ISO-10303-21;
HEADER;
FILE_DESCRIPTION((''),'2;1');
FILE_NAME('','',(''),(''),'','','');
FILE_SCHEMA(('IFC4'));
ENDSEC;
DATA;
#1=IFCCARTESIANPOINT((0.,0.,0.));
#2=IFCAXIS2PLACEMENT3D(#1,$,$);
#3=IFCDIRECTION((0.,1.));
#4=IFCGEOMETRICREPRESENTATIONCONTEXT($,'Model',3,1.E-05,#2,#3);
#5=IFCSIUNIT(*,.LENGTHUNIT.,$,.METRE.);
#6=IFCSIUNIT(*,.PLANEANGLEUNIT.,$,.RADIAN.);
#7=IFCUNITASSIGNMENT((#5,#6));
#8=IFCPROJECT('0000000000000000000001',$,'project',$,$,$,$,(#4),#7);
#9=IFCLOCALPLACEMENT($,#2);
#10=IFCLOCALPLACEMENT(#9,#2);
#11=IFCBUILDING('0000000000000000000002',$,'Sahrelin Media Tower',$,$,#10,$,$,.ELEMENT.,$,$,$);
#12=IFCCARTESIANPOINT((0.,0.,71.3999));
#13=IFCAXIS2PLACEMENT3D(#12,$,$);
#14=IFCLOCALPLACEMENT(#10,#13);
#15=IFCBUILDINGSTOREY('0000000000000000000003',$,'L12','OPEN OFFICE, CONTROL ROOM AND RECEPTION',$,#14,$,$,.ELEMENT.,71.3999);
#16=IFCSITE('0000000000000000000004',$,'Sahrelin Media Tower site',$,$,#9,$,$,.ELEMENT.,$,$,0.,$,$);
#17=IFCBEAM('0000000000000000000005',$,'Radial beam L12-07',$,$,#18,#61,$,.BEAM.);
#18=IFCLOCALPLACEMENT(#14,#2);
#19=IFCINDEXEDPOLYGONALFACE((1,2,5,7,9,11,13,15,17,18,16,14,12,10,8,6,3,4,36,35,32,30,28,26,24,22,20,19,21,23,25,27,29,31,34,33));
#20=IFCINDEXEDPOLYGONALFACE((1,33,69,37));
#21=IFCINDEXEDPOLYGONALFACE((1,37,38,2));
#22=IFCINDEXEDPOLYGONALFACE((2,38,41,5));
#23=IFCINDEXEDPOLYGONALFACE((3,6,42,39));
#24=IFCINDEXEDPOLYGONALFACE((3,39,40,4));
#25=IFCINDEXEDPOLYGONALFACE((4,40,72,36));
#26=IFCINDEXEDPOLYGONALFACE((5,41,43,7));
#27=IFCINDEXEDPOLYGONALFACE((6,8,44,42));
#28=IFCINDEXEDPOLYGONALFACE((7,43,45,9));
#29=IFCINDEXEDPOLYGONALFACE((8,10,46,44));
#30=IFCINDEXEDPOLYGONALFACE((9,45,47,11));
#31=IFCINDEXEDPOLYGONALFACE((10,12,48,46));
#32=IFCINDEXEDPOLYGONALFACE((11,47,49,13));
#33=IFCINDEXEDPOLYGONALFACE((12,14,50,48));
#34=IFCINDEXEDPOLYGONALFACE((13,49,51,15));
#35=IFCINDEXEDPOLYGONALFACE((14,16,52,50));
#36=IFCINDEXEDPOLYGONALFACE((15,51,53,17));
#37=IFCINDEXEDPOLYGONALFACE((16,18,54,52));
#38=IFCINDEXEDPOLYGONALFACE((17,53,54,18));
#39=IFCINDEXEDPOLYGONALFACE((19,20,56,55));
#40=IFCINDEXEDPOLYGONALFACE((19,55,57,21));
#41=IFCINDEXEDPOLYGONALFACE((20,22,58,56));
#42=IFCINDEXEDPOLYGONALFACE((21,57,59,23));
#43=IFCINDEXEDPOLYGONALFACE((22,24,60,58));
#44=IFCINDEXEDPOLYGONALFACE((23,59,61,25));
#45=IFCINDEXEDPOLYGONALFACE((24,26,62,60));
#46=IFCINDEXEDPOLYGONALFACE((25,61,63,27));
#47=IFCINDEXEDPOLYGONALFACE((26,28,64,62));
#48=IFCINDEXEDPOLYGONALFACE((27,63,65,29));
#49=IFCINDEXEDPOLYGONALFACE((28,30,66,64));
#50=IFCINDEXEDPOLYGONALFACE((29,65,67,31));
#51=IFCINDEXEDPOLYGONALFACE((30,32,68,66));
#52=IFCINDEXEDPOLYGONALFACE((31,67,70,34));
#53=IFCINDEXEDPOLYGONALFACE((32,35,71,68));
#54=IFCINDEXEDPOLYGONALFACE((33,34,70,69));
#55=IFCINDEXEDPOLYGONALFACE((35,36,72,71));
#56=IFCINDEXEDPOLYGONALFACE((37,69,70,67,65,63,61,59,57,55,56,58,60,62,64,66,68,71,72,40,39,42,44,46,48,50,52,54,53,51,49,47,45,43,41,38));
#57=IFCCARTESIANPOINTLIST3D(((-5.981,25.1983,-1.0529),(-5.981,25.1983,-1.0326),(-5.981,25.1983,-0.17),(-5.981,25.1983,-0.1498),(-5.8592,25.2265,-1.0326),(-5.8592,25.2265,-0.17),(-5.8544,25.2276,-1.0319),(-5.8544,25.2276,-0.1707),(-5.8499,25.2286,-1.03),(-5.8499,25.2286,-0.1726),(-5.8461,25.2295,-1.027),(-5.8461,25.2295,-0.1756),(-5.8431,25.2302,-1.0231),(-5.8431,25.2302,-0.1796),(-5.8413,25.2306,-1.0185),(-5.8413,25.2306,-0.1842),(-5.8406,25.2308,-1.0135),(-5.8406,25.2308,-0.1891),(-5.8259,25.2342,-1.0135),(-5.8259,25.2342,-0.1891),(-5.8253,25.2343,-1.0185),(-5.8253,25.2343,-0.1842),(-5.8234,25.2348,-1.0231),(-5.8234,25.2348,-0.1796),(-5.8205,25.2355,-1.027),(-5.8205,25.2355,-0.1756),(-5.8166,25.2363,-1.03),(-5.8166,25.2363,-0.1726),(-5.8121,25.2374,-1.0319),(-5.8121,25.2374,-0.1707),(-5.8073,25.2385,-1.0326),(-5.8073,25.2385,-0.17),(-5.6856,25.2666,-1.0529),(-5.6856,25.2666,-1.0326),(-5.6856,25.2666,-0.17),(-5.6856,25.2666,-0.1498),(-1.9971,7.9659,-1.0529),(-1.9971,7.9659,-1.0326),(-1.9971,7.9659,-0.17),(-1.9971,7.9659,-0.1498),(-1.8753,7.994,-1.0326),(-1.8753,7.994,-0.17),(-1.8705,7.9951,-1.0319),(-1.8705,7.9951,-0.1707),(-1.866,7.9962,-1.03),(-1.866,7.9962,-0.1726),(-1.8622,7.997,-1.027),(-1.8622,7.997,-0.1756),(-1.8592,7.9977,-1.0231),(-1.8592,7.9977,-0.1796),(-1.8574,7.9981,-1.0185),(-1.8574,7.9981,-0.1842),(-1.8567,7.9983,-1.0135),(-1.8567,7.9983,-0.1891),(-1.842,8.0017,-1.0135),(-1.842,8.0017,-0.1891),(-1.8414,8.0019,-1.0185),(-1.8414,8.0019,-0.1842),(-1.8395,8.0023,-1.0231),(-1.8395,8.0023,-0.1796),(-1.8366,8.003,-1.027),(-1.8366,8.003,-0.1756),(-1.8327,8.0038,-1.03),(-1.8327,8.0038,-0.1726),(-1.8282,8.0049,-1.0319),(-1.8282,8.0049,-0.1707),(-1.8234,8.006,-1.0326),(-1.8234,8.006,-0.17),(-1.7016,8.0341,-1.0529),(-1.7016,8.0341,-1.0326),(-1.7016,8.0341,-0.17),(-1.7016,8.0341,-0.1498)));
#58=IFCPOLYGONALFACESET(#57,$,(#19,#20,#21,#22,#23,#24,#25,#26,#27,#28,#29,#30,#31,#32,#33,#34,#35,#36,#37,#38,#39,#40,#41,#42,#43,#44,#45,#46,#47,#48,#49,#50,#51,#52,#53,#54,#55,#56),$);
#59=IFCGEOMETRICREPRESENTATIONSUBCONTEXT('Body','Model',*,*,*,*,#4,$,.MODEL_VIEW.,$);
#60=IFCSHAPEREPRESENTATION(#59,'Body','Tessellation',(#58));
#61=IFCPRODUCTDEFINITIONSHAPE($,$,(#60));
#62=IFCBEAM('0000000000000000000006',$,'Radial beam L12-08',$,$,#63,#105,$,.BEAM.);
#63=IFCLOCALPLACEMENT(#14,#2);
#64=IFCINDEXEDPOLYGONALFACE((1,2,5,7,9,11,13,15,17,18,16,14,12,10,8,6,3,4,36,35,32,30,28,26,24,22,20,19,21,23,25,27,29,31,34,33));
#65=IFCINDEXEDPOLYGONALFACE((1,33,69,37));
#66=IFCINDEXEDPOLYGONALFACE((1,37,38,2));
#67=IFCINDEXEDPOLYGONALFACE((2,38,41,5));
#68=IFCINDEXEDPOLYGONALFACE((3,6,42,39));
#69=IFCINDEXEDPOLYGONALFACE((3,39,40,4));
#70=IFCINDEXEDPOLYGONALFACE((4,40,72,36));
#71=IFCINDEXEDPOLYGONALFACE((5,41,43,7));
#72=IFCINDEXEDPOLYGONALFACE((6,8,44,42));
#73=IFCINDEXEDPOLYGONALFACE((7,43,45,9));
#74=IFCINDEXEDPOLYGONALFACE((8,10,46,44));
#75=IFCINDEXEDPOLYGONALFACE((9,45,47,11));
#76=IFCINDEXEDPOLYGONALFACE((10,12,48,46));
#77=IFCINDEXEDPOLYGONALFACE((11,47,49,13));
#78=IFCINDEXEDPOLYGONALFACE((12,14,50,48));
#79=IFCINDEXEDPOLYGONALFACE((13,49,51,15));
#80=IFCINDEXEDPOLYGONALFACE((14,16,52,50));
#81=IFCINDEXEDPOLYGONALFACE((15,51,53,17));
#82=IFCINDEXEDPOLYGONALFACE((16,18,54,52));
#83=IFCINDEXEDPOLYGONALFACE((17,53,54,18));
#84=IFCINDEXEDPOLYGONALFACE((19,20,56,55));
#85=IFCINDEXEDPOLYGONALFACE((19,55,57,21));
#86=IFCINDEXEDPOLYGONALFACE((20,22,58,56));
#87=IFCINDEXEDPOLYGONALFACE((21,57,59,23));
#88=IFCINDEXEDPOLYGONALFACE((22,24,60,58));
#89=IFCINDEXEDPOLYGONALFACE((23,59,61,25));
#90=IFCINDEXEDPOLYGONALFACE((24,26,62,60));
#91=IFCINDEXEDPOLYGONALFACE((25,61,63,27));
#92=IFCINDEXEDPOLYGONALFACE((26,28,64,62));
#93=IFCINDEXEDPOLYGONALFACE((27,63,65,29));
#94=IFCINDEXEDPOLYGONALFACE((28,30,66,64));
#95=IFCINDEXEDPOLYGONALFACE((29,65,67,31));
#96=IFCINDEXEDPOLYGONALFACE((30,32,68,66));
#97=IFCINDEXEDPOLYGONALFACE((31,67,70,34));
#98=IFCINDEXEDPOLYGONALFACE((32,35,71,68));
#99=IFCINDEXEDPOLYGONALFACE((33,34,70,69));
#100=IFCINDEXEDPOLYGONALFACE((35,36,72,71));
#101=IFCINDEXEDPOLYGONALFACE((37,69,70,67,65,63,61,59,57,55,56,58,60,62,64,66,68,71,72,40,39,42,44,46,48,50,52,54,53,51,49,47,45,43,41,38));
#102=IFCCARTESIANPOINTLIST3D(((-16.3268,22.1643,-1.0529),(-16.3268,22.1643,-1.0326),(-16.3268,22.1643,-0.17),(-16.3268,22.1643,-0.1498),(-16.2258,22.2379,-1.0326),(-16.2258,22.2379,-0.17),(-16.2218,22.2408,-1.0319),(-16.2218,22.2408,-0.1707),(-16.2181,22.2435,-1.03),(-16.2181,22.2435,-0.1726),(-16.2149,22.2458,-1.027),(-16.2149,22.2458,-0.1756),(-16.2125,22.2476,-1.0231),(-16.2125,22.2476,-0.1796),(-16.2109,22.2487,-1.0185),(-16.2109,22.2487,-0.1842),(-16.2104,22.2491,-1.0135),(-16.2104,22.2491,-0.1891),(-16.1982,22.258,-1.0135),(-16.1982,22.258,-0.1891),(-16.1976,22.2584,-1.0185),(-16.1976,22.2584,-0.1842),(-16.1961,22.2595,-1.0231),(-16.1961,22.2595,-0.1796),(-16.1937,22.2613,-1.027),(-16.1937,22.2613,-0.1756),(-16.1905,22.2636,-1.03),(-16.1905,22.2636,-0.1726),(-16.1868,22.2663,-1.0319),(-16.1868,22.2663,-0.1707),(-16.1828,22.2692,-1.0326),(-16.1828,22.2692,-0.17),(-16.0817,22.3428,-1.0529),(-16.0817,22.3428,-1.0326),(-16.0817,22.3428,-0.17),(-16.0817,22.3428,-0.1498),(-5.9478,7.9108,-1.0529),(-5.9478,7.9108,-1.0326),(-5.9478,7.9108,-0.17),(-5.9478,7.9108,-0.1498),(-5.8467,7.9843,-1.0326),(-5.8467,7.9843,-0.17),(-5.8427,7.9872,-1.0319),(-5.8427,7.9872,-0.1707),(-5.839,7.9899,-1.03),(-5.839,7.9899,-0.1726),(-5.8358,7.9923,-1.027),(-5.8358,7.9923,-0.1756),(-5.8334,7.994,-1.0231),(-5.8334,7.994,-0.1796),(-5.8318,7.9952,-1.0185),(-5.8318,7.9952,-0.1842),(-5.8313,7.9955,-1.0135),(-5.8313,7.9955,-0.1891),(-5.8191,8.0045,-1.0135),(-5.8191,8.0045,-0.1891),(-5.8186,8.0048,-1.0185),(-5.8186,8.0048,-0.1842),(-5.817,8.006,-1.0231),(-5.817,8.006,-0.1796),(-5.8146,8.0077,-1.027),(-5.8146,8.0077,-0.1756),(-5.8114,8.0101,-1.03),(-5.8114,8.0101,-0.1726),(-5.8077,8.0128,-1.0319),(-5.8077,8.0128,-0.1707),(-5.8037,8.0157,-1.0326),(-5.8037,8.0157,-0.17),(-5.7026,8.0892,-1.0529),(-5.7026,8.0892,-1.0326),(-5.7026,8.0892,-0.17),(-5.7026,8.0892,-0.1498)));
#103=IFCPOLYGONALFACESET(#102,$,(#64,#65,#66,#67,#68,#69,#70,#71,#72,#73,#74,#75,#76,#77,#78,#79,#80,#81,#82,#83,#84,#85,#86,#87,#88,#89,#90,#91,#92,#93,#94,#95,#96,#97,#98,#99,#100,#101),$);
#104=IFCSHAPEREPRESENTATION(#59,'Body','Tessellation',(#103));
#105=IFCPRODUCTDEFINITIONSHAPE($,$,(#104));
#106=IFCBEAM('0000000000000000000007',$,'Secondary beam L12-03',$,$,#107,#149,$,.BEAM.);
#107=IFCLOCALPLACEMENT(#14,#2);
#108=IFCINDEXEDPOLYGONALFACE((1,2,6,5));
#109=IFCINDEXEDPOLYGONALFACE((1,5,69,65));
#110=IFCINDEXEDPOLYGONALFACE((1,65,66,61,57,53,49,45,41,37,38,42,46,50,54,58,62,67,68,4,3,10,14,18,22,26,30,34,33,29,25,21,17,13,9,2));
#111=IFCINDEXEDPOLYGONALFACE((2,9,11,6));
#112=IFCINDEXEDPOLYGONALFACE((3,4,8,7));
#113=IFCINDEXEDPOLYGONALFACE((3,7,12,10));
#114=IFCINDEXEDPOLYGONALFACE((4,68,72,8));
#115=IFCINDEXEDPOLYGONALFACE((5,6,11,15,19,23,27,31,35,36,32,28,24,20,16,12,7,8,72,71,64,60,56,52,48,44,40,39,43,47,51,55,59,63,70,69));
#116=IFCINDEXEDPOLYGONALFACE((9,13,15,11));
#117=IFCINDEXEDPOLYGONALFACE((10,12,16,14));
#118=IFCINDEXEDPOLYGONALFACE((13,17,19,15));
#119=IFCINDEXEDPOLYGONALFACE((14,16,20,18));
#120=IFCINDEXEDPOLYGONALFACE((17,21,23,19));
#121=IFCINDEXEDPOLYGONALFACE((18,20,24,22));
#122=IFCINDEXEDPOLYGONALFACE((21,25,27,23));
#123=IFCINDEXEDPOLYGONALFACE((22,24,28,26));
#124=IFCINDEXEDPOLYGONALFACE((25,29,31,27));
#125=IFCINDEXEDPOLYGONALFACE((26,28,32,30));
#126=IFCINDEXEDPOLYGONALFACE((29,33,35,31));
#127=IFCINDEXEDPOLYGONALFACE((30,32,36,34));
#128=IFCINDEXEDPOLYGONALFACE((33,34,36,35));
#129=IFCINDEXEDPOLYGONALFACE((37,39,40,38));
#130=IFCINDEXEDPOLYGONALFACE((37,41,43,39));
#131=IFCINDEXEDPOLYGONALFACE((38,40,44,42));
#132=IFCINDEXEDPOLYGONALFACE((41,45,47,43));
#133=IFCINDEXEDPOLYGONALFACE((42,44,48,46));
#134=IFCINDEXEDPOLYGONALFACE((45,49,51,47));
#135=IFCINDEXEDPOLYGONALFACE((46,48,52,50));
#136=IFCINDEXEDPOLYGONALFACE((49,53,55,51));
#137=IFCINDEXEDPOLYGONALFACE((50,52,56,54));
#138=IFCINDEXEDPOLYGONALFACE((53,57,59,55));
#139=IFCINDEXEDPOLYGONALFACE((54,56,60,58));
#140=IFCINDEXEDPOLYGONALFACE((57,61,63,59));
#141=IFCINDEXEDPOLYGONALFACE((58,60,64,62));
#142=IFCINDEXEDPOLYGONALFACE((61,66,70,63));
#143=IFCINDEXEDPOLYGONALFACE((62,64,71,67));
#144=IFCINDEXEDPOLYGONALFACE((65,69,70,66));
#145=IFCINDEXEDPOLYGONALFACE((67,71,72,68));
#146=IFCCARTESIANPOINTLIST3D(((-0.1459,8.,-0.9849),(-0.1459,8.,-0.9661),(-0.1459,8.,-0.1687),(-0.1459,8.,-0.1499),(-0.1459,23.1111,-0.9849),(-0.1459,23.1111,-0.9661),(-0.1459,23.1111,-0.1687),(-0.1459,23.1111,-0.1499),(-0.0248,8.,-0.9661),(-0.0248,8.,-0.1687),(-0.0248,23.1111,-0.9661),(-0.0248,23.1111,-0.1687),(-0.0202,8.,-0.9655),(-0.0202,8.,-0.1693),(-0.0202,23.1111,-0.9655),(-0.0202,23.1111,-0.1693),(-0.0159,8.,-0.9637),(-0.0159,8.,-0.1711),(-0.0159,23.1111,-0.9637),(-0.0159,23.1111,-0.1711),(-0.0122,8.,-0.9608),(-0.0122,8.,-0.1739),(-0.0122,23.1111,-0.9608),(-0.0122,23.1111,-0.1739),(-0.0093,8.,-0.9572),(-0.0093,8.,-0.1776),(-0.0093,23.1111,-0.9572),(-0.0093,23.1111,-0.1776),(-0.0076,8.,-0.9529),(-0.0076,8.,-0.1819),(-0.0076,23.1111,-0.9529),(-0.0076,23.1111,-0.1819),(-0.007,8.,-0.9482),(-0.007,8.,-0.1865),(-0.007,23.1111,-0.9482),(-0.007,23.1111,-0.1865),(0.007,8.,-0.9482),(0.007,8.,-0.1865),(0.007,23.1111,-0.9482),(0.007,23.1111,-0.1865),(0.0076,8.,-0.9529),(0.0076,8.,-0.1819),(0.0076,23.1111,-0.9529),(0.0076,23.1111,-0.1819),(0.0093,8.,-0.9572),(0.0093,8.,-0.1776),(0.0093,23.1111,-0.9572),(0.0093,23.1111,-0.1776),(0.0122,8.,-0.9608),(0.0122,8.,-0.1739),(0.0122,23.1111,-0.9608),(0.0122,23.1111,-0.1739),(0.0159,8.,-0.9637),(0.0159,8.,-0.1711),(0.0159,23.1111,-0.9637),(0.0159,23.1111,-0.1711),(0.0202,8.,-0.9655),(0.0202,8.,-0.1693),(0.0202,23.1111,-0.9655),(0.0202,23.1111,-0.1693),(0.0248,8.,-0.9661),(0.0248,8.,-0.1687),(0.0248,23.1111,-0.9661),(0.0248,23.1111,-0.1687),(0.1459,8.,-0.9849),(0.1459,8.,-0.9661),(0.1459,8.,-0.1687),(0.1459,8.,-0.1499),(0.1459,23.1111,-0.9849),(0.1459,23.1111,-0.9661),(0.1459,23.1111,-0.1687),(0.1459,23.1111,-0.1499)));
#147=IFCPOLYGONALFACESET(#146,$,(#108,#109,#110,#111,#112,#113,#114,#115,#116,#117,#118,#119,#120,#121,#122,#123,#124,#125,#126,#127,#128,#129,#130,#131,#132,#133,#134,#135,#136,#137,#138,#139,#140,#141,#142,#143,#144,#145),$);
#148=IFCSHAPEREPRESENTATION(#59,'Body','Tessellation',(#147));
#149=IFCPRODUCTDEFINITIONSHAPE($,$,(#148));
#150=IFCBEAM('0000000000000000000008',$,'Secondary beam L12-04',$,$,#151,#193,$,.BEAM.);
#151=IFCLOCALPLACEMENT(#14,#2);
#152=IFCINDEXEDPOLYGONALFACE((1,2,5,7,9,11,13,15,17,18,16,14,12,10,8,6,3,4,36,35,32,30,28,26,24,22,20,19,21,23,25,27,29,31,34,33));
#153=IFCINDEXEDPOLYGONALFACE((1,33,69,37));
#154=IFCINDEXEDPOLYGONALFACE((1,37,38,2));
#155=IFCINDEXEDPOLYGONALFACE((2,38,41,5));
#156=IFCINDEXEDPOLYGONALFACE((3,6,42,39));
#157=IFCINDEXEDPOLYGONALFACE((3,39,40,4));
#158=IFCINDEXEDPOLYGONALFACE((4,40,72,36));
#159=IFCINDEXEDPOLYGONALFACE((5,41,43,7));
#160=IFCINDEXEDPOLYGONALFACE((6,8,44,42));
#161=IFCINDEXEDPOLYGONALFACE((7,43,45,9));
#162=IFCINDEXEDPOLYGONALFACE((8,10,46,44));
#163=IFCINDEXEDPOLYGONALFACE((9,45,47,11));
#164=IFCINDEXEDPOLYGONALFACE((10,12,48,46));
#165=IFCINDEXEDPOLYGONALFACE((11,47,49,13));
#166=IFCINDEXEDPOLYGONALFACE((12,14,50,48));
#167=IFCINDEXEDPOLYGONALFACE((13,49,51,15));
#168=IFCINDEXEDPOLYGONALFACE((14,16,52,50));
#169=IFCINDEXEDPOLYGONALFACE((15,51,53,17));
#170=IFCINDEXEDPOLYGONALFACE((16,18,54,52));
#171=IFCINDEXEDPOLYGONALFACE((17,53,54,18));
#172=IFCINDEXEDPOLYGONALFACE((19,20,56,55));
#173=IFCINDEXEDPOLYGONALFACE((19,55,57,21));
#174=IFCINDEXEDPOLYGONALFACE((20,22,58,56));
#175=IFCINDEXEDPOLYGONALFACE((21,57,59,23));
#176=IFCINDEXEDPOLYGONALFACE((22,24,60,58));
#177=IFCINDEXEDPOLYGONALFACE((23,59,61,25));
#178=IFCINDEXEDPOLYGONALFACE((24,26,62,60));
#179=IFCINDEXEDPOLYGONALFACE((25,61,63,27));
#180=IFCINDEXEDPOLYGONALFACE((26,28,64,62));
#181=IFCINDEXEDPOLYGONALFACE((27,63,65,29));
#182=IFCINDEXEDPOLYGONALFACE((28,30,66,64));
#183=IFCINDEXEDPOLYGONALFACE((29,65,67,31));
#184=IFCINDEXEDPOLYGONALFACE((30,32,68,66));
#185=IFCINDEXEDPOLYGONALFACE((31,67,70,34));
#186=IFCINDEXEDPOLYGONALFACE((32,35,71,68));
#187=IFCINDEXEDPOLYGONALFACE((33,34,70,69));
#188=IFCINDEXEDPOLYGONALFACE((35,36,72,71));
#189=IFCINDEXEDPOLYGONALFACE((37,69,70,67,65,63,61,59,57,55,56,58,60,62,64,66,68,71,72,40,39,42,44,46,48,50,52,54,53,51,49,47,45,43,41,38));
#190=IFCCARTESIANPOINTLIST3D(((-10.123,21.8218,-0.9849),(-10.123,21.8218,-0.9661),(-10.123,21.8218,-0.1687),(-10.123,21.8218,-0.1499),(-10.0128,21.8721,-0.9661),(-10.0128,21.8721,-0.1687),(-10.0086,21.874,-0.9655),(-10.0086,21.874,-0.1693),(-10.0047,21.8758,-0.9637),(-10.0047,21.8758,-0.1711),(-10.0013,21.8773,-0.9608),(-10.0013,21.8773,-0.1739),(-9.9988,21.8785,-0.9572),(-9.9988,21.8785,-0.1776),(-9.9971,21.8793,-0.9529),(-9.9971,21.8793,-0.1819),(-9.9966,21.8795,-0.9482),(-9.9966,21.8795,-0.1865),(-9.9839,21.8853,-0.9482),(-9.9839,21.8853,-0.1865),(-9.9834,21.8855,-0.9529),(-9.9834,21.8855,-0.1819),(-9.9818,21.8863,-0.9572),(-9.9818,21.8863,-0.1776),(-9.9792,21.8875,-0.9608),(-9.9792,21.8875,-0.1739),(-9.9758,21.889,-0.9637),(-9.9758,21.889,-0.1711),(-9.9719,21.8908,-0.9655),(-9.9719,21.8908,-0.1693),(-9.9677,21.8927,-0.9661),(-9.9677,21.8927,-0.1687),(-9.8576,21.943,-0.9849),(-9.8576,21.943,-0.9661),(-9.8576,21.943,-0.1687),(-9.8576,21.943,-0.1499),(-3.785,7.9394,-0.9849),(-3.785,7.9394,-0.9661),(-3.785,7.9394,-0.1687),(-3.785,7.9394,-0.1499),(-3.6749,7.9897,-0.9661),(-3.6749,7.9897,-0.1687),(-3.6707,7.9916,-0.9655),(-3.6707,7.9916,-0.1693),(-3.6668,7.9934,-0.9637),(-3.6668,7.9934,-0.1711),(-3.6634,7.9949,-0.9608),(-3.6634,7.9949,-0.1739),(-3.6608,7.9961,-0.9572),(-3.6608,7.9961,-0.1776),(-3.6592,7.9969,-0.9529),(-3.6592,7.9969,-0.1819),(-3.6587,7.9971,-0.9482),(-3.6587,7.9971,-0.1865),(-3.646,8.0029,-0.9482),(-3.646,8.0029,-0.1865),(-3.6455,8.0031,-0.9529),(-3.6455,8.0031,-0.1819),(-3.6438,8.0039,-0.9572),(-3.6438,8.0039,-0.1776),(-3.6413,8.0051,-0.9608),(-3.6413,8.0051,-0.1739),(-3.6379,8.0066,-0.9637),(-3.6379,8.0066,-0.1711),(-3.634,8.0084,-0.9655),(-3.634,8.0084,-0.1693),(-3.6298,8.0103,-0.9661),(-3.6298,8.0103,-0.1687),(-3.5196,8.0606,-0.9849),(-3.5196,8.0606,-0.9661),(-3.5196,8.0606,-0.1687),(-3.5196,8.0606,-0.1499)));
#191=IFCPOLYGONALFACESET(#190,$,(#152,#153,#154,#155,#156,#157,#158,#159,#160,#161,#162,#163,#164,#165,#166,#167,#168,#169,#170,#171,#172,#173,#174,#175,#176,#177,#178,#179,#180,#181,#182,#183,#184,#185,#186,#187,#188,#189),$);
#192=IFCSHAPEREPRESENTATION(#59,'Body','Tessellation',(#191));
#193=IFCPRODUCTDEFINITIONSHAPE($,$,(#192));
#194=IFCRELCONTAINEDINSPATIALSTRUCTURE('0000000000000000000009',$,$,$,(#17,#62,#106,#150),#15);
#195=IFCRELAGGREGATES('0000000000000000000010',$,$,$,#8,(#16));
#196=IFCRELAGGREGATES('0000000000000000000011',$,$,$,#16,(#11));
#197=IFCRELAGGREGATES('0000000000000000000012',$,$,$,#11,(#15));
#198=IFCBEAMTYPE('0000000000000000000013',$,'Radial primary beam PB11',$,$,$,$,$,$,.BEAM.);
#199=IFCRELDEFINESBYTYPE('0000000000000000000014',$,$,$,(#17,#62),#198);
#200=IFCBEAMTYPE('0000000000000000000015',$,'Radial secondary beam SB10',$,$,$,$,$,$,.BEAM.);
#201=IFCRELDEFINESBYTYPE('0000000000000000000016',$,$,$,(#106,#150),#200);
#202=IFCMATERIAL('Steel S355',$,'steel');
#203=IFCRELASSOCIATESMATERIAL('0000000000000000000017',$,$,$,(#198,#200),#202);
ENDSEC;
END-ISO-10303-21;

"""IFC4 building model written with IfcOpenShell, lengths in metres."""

from ifc_helpers import new_model, si_unit, direction, frame, origin, origin_2d, place, context, subcontext, project, spatial, i_section, extrude, material, material_profile, profile_set, type_object, element, save


model = new_model("IFC4")

# Units and contexts
model_context = context("Model", 3, precision=1e-05, world=origin(), true_north=direction((0.0, 1.0)))
body_context = subcontext(model_context, "Body", "Model", "MODEL_VIEW")
ifc_project = project(units=[si_unit("LENGTHUNIT", "METRE"), si_unit("PLANEANGLEUNIT", "RADIAN")], contexts=[model_context])

# Site, building, storey
site_placement = place(None, origin())
site = spatial("IfcSite", under=ifc_project, at=site_placement, Name="Sahrelin Media Tower site", CompositionType="ELEMENT", RefElevation=0.0)
building_placement = place(site_placement, origin())
building = spatial("IfcBuilding", under=site, at=building_placement, Name="Sahrelin Media Tower", CompositionType="ELEMENT")
storey_placement = place(building_placement, frame((0.0, 0.0, 71.3999)))
storey = spatial("IfcBuildingStorey", under=building, at=storey_placement, Name="L12", Description="OPEN OFFICE, CONTROL ROOM AND RECEPTION", CompositionType="ELEMENT", Elevation=71.3999)

# Shared definitions
ifc_material_1 = material(Name="Steel S355", Category="steel")

# Beams
ifc_material_profile_1 = material_profile(ifc_material_1, i_section(OverallWidth=0.3032, OverallDepth=0.9031, WebThickness=0.0151, FlangeThickness=0.0203, FilletRadius=0.019, at=origin_2d()), Name="UB 914x305x201")
ifc_profile_set_1 = profile_set([ifc_material_profile_1], Name="Steel S355")
beam_type_1 = type_object("IfcBeamType", Name="Radial primary beam PB11", PredefinedType="BEAM", material=ifc_profile_set_1)
beam_1_placement = place(storey_placement, frame((-1.8494, 8.0, -0.6013), z_axis=(-0.225245, 0.974302, 0.0), x_axis=(-0.974302, -0.225245, 0.0)))
element("IfcBeam", 1, at=beam_1_placement, inside=storey, type_object=beam_type_1, Name="Radial beam L12-07", PredefinedType="BEAM", context=body_context, shape_type="SweptSolid", body=[
    extrude(i_section(OverallWidth=0.3032, OverallDepth=0.9031, WebThickness=0.0151, FlangeThickness=0.0203, FilletRadius=0.019, at=origin_2d()), origin(), (0.0, 0.0, 1.0), 17.687),
])
beam_2_placement = place(storey_placement, frame((-5.8252, 8.0, -0.6013), z_axis=(-0.588648, 0.808389, 0.0), x_axis=(-0.808389, -0.588648, 0.0)))
element("IfcBeam", 2, at=beam_2_placement, inside=storey, type_object=beam_type_1, Name="Radial beam L12-08", PredefinedType="BEAM", context=body_context, shape_type="SweptSolid", body=[
    extrude(i_section(OverallWidth=0.3032, OverallDepth=0.9031, WebThickness=0.0151, FlangeThickness=0.0203, FilletRadius=0.019, at=origin_2d()), origin(), (0.0, 0.0, 1.0), 17.6321),
])
ifc_material_profile_2 = material_profile(ifc_material_1, i_section(OverallWidth=0.2917, OverallDepth=0.835, WebThickness=0.0139, FlangeThickness=0.0188, FilletRadius=0.0178, at=origin_2d()), Name="UB 838x292x176")
ifc_profile_set_2 = profile_set([ifc_material_profile_2], Name="Steel S355")
beam_type_2 = type_object("IfcBeamType", Name="Radial secondary beam SB10", PredefinedType="BEAM", material=ifc_profile_set_2)
beam_3_placement = place(storey_placement, frame((0.0, 8.0, -0.5674), z_axis=(0.0, 1.0, 0.0), x_axis=(-1.0, 0.0, 0.0)))
element("IfcBeam", 3, at=beam_3_placement, inside=storey, type_object=beam_type_2, Name="Secondary beam L12-03", PredefinedType="BEAM", context=body_context, shape_type="SweptSolid", body=[
    extrude(i_section(OverallWidth=0.2917, OverallDepth=0.835, WebThickness=0.0139, FlangeThickness=0.0188, FilletRadius=0.0178, at=origin_2d()), origin(), (0.0, 0.0, 1.0), 15.1111),
])
beam_4_placement = place(storey_placement, frame((-3.6523, 8.0, -0.5674), z_axis=(-0.415309, 0.90968, 0.0), x_axis=(-0.90968, -0.415309, 0.0)))
element("IfcBeam", 4, at=beam_4_placement, inside=storey, type_object=beam_type_2, Name="Secondary beam L12-04", PredefinedType="BEAM", context=body_context, shape_type="SweptSolid", body=[
    extrude(i_section(OverallWidth=0.2917, OverallDepth=0.835, WebThickness=0.0139, FlangeThickness=0.0188, FilletRadius=0.0178, at=origin_2d()), origin(), (0.0, 0.0, 1.0), 15.2607),
])

save(model, "model.ifc")
